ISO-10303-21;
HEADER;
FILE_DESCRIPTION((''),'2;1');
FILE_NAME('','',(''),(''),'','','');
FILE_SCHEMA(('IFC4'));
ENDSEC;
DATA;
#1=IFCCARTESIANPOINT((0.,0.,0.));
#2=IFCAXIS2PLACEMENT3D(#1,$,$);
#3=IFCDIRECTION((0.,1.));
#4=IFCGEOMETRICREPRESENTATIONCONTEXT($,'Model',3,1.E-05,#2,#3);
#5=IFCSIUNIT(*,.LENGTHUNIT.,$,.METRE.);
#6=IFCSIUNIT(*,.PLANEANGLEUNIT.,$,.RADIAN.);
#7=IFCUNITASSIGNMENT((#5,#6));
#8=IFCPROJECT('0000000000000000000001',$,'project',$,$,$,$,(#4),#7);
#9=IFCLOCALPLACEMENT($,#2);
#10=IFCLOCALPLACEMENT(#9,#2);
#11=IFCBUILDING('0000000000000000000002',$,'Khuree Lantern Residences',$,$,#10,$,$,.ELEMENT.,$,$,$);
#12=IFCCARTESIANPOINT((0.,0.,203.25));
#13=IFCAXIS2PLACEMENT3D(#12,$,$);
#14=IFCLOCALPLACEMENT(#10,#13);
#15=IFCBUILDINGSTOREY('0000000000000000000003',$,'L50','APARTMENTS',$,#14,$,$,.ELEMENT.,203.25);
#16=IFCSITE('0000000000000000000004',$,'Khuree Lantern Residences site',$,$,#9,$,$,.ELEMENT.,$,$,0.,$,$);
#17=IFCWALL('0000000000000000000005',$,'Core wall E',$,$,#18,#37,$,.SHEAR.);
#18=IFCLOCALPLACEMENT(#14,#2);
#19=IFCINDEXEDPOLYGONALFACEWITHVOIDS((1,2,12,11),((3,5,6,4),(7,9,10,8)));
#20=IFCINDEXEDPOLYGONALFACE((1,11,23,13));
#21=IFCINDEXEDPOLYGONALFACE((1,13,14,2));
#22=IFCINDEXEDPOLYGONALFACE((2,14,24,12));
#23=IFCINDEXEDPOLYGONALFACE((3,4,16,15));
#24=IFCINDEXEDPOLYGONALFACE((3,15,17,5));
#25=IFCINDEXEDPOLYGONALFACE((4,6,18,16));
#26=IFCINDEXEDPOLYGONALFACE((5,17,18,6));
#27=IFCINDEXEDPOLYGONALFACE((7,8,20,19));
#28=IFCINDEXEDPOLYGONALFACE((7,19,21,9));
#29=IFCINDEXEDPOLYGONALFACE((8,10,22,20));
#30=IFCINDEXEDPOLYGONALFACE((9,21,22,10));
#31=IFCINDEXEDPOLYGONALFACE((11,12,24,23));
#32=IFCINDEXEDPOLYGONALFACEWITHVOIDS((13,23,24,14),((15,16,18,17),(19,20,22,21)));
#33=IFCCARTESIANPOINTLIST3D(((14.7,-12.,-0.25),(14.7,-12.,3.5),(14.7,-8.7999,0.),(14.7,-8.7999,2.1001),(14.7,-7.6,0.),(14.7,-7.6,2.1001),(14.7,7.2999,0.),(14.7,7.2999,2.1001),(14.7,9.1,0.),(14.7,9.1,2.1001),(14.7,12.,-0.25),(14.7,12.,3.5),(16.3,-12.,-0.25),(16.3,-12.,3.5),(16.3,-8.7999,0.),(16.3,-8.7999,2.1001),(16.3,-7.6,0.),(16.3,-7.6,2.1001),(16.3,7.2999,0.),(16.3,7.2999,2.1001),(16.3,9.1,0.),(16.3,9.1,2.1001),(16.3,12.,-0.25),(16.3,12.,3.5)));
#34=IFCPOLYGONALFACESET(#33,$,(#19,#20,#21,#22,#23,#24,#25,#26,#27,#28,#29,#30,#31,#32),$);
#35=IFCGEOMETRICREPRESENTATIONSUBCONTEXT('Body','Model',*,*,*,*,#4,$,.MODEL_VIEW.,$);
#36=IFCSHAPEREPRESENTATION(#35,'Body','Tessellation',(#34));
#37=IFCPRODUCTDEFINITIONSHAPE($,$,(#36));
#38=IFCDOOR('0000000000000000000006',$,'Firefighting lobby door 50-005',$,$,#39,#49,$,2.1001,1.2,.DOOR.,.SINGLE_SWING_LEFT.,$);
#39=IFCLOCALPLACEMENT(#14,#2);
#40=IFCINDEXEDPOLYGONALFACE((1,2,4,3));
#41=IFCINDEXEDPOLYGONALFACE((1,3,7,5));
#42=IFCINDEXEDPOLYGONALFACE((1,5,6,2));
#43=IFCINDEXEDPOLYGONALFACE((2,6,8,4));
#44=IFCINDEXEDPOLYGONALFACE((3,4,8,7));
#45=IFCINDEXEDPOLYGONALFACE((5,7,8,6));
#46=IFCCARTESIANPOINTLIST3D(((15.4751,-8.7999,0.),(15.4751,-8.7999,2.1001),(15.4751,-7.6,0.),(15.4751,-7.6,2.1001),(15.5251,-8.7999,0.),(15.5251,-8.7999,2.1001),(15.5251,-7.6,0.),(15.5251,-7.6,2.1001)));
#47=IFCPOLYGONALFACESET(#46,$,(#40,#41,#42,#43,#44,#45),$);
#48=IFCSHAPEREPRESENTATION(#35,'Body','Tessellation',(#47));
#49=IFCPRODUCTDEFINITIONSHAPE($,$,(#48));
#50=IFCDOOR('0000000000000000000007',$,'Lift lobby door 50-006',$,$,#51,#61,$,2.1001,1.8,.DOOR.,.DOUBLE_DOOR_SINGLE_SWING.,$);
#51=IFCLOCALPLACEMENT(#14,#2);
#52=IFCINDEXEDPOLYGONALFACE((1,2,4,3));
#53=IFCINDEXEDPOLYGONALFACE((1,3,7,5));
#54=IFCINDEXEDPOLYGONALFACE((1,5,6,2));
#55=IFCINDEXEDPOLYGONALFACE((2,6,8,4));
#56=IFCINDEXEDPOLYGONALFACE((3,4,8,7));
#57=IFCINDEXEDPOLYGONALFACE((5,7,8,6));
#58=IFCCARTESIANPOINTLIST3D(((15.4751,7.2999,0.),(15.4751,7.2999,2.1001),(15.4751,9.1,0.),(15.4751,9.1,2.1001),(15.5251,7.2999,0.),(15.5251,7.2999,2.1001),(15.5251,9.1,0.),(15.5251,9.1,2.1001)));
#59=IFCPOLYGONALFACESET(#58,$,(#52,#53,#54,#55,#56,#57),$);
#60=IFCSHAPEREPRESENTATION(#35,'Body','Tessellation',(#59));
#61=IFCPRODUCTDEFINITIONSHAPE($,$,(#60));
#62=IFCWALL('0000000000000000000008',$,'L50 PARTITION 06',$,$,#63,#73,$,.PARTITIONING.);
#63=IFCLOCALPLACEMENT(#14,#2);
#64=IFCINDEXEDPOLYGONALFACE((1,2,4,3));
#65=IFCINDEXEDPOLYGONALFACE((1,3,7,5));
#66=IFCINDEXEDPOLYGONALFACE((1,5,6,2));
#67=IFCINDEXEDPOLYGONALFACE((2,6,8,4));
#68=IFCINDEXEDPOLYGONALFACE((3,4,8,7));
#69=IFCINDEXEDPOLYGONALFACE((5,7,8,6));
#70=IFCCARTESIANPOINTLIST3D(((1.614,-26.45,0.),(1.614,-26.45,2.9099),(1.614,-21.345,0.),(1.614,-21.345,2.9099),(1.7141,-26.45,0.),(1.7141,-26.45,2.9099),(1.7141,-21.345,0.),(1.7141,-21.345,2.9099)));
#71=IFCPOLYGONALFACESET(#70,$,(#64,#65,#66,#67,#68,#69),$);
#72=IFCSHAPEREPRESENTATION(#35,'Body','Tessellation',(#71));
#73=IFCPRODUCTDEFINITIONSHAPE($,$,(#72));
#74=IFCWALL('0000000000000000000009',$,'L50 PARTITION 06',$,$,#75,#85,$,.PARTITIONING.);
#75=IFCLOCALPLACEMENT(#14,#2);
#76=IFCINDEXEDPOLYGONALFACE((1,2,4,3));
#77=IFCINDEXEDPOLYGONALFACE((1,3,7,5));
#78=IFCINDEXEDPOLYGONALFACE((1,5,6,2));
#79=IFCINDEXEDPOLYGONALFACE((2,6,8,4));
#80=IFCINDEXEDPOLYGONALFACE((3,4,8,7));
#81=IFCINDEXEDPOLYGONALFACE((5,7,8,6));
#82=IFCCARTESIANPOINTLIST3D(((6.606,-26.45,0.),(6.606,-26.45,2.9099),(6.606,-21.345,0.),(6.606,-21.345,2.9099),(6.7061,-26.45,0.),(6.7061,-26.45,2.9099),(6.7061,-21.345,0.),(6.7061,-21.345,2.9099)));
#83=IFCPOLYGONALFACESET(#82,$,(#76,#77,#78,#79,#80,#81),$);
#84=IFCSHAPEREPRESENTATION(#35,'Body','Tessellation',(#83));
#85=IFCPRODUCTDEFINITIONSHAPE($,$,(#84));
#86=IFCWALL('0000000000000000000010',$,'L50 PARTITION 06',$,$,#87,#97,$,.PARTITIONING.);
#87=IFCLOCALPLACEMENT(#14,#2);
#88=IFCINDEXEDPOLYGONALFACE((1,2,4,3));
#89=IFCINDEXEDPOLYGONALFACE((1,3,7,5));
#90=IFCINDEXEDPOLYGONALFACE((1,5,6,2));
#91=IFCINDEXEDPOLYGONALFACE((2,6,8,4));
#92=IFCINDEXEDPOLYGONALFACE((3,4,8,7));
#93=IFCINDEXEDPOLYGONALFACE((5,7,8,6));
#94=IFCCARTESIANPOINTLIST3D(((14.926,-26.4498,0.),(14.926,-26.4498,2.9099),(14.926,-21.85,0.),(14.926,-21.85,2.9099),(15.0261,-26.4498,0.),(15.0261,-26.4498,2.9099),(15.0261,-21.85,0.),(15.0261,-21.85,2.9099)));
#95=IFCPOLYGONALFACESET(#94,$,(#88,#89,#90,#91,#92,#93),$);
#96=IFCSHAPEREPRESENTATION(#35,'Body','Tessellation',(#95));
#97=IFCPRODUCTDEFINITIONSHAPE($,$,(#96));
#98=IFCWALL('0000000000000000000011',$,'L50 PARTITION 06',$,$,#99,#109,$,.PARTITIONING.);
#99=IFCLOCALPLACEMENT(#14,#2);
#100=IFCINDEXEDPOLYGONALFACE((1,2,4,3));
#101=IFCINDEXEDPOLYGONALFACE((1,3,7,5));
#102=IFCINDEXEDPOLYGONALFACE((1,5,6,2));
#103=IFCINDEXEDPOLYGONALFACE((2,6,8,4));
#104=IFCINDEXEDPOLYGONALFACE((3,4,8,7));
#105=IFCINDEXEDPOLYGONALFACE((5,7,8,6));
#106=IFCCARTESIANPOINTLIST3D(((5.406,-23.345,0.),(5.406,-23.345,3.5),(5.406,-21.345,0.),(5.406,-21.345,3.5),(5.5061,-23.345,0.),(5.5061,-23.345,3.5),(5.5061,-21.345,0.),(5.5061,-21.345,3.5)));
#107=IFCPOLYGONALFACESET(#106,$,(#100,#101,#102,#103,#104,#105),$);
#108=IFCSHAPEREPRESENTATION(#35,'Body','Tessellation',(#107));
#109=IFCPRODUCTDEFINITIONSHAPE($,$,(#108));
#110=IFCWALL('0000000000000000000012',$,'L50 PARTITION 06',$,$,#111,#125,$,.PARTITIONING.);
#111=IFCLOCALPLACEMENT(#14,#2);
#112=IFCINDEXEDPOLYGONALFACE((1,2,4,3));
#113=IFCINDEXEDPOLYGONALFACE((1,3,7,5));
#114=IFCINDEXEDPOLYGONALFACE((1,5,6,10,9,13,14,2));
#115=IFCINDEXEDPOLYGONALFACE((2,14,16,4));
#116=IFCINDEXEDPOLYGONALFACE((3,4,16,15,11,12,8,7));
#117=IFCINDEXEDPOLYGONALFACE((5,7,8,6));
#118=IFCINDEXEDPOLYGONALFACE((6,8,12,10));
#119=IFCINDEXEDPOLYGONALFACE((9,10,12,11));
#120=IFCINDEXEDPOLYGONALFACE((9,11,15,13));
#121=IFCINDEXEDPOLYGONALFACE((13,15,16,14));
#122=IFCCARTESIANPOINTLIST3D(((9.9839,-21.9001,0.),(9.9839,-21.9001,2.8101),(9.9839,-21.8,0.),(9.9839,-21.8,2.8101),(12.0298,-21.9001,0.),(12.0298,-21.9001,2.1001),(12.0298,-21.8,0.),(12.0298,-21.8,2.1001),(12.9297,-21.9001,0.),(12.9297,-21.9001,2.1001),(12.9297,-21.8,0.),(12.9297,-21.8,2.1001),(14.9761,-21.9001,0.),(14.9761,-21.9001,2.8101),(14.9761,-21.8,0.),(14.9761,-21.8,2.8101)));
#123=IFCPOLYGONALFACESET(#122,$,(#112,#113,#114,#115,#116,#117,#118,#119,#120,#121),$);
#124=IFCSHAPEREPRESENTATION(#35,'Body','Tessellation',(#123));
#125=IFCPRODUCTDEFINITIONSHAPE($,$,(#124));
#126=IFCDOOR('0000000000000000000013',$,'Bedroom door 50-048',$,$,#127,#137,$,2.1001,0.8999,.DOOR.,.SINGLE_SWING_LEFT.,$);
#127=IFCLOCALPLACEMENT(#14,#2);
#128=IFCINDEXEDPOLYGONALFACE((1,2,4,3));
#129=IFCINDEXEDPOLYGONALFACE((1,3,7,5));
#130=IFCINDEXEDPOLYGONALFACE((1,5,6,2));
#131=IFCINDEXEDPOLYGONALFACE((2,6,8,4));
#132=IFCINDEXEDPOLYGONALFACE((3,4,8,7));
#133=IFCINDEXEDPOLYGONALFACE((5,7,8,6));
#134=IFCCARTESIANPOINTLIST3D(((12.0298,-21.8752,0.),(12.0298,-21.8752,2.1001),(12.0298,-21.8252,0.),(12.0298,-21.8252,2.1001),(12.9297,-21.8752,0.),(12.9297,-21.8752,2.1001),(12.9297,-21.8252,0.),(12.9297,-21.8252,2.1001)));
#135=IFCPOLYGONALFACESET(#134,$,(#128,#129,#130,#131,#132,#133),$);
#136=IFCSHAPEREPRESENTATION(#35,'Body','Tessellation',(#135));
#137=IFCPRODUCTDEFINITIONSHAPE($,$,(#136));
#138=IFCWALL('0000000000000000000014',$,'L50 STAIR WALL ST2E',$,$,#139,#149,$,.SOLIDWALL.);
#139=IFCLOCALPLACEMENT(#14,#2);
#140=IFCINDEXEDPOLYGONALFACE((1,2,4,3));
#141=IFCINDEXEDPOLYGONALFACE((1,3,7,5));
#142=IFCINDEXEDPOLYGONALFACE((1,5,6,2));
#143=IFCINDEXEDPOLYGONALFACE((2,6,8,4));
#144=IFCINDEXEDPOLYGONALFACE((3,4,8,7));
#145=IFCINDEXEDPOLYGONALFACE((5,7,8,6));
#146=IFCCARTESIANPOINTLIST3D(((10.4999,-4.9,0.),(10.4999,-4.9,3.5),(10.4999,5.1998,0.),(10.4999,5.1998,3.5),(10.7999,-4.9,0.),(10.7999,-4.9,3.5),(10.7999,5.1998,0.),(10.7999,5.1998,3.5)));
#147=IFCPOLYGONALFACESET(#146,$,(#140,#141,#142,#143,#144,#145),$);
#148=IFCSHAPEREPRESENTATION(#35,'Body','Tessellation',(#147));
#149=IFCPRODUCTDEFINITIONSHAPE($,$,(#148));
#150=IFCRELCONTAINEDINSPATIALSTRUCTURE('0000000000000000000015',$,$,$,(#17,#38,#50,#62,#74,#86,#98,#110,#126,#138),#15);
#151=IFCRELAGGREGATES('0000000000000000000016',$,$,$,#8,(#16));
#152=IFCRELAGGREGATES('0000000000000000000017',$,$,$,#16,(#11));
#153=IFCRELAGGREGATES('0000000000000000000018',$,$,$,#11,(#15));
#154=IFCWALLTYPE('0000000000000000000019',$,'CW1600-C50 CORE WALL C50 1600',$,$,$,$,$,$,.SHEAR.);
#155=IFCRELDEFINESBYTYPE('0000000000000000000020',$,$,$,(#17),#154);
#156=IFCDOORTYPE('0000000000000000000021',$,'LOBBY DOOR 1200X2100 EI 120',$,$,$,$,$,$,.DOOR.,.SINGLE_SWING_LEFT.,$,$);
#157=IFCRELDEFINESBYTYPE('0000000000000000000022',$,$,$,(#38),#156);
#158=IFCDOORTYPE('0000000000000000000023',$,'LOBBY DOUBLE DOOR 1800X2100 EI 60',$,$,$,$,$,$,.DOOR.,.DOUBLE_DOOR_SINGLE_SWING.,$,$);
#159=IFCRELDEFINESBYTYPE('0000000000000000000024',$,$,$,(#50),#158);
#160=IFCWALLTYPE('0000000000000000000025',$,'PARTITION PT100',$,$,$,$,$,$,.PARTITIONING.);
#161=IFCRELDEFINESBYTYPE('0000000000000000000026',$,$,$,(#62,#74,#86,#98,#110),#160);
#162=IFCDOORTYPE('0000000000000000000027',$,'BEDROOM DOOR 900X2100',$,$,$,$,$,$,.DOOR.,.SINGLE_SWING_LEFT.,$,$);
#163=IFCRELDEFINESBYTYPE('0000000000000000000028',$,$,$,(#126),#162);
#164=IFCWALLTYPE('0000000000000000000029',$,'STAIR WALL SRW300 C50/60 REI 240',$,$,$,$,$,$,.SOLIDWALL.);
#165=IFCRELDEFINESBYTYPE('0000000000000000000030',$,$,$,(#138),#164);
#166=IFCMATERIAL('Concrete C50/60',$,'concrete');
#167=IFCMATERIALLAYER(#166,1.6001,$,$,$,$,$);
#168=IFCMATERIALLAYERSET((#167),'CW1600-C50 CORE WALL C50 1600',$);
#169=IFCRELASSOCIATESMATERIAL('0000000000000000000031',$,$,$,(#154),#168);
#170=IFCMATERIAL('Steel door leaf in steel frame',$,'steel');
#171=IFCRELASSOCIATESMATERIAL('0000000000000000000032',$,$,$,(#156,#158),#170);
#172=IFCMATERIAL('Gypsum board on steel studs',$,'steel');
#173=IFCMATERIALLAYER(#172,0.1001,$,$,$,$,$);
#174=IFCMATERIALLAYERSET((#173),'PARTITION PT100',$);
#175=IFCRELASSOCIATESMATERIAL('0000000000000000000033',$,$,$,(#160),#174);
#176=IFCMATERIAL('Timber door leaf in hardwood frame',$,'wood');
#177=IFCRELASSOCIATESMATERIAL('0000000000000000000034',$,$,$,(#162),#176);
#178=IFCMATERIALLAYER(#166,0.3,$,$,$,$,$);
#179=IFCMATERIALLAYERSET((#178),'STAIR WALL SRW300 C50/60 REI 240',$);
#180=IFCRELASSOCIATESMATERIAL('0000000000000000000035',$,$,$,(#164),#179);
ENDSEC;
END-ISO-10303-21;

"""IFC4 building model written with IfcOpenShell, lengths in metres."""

from ifc_helpers import new_model, si_unit, direction, frame, frame_2d, origin, place, context, subcontext, project, spatial, rectangle, extrude, material, layer, layer_set, type_object, element, fill, save


model = new_model("IFC4")

# Units and contexts
model_context = context("Model", 3, precision=1e-05, world=origin(), true_north=direction((0.0, 1.0)))
body_context = subcontext(model_context, "Body", "Model", "MODEL_VIEW")
ifc_project = project(units=[si_unit("LENGTHUNIT", "METRE"), si_unit("PLANEANGLEUNIT", "RADIAN")], contexts=[model_context])

# Site, building, storey
site_placement = place(None, origin())
site = spatial("IfcSite", under=ifc_project, at=site_placement, Name="Khuree Lantern Residences site", CompositionType="ELEMENT", RefElevation=0.0)
building_placement = place(site_placement, origin())
building = spatial("IfcBuilding", under=site, at=building_placement, Name="Khuree Lantern Residences", CompositionType="ELEMENT")
storey_placement = place(building_placement, frame((0.0, 0.0, 203.25)))
storey = spatial("IfcBuildingStorey", under=building, at=storey_placement, Name="L50", Description="APARTMENTS", CompositionType="ELEMENT", Elevation=203.25)

# Shared definitions
ifc_material_1 = material(Name="Concrete C50/60", Category="concrete")

# Shared definitions
ifc_material_2 = material(Name="Timber door leaf in hardwood frame", Category="wood")

# Shared definitions
ifc_material_3 = material(Name="Gypsum board on steel studs", Category="steel")

# Wall, openings, doors
ifc_layer_1 = layer(ifc_material_1, 1.6001)
ifc_layer_set_1 = layer_set([ifc_layer_1], Name="CW1600-C50 CORE WALL C50 1600")
wall_type_1 = type_object("IfcWallType", Name="CW1600-C50 CORE WALL C50 1600", PredefinedType="SHEAR", material=ifc_layer_set_1)
wall_1_placement = place(storey_placement, frame((15.5, -12.0, -0.25), z_axis=(0.0, 0.0, 1.0), x_axis=(0.0, 1.0, 0.0)))
wall_1 = element("IfcWall", 1, at=wall_1_placement, inside=storey, type_object=wall_type_1, Name="Core wall E", PredefinedType="SHEAR", context=body_context, shape_type="SweptSolid", body=[
    extrude(rectangle(XDim=24.0, YDim=1.6001, at=frame_2d((12.0, 0.0))), origin(), (0.0, 0.0, 1.0), 3.75),
])
opening_1_placement = place(wall_1_placement, frame((3.2, 0.0, 0.25)))
opening_1 = element("IfcOpeningElement", 2, at=opening_1_placement, cuts=wall_1, PredefinedType="OPENING", context=body_context, shape_type="SweptSolid", body=[
    extrude(rectangle(XDim=1.2, YDim=2.1001, at=frame_2d((0.6001, 1.05))), frame((0.0, 0.8101, 0.0), z_axis=(0.0, -1.0, 0.0), x_axis=(1.0, 0.0, 0.0)), (0.0, 0.0, 1.0), 1.6201),
])
opening_2_placement = place(wall_1_placement, frame((19.3, 0.0, 0.25)))
opening_2 = element("IfcOpeningElement", 3, at=opening_2_placement, cuts=wall_1, PredefinedType="OPENING", context=body_context, shape_type="SweptSolid", body=[
    extrude(rectangle(XDim=1.8, YDim=2.1001, at=frame_2d((0.8999, 1.05))), frame((0.0, 0.8101, 0.0), z_axis=(0.0, -1.0, 0.0), x_axis=(1.0, 0.0, 0.0)), (0.0, 0.0, 1.0), 1.6201),
])
ifc_material_4 = material(Name="Steel door leaf in steel frame", Category="steel")
door_type_1 = type_object("IfcDoorType", Name="LOBBY DOOR 1200X2100 EI 120", OperationType="SINGLE_SWING_LEFT", PredefinedType="DOOR", material=ifc_material_4)
door_1_placement = place(opening_1_placement, origin())
door_1 = element("IfcDoor", 4, at=door_1_placement, inside=storey, type_object=door_type_1, Name="Firefighting lobby door 50-005", OperationType="SINGLE_SWING_LEFT", OverallHeight=2.1001, OverallWidth=1.2, PredefinedType="DOOR", context=body_context, shape_type="SweptSolid", body=[
    extrude(rectangle(XDim=1.2, YDim=2.1001, at=frame_2d((0.6001, 1.05))), frame((0.0, 0.0249, 0.0), z_axis=(0.0, -1.0, 0.0), x_axis=(1.0, 0.0, 0.0)), (0.0, 0.0, 1.0), 0.05),
])
fill(opening_1, door_1)
door_type_2 = type_object("IfcDoorType", Name="LOBBY DOUBLE DOOR 1800X2100 EI 60", OperationType="DOUBLE_DOOR_SINGLE_SWING", PredefinedType="DOOR", material=ifc_material_4)
door_2_placement = place(opening_2_placement, origin())
door_2 = element("IfcDoor", 5, at=door_2_placement, inside=storey, type_object=door_type_2, Name="Lift lobby door 50-006", OperationType="DOUBLE_DOOR_SINGLE_SWING", OverallHeight=2.1001, OverallWidth=1.8, PredefinedType="DOOR", context=body_context, shape_type="SweptSolid", body=[
    extrude(rectangle(XDim=1.8, YDim=2.1001, at=frame_2d((0.8999, 1.05))), frame((0.0, 0.0249, 0.0), z_axis=(0.0, -1.0, 0.0), x_axis=(1.0, 0.0, 0.0)), (0.0, 0.0, 1.0), 0.05),
])
fill(opening_2, door_2)

# Walls
ifc_layer_2 = layer(ifc_material_3, 0.1001)
ifc_layer_set_2 = layer_set([ifc_layer_2], Name="PARTITION PT100")
wall_type_2 = type_object("IfcWallType", Name="PARTITION PT100", PredefinedType="PARTITIONING", material=ifc_layer_set_2)
for number, where, z_axis, x_axis, name in (
    (6, (1.6641, -21.345, 0.0), (0.0, 0.0, 1.0), (0.0, -1.0, 0.0), "L50 PARTITION 06"),
    (7, (6.656, -21.345, 0.0), (0.0, 0.0, 1.0), (0.0, -1.0, 0.0), "L50 PARTITION 06"),
):
    element("IfcWall", number, at=place(storey_placement, frame(where, z_axis=z_axis, x_axis=x_axis)), inside=storey, type_object=wall_type_2, Name=name, PredefinedType="PARTITIONING", context=body_context, shape_type="SweptSolid", body=[
        extrude(rectangle(XDim=5.105, YDim=0.1001, at=frame_2d((2.5525, 0.0))), origin(), (0.0, 0.0, 1.0), 2.9099),
    ])
wall_2_placement = place(storey_placement, frame((14.9761, -21.8501, 0.0), z_axis=(0.0, 0.0, 1.0), x_axis=(0.0, -1.0, 0.0)))
element("IfcWall", 8, at=wall_2_placement, inside=storey, type_object=wall_type_2, Name="L50 PARTITION 06", PredefinedType="PARTITIONING", context=body_context, shape_type="SweptSolid", body=[
    extrude(rectangle(XDim=4.5999, YDim=0.1001, at=frame_2d((2.2998, 0.0))), origin(), (0.0, 0.0, 1.0), 2.9099),
])
wall_3_placement = place(storey_placement, frame((5.4561, -21.345, 0.0), z_axis=(0.0, 0.0, 1.0), x_axis=(0.0, -1.0, 0.0)))
element("IfcWall", 9, at=wall_3_placement, inside=storey, type_object=wall_type_2, Name="L50 PARTITION 06", PredefinedType="PARTITIONING", context=body_context, shape_type="SweptSolid", body=[
    extrude(rectangle(XDim=2.0, YDim=0.1001, at=frame_2d((1.0, 0.0))), origin(), (0.0, 0.0, 1.0), 3.5),
])

# Wall, opening, door
wall_4_placement = place(storey_placement, frame((9.9839, -21.8501, 0.0), z_axis=(0.0, 0.0, 1.0), x_axis=(1.0, 0.0, 0.0)))
wall_4 = element("IfcWall", 10, at=wall_4_placement, inside=storey, type_object=wall_type_2, Name="L50 PARTITION 06", PredefinedType="PARTITIONING", context=body_context, shape_type="SweptSolid", body=[
    extrude(rectangle(XDim=4.9922, YDim=0.1001, at=frame_2d((2.4961, 0.0))), origin(), (0.0, 0.0, 1.0), 2.8101),
])
opening_3_placement = place(wall_4_placement, frame((2.0459, 0.0, 0.0)))
opening_3 = element("IfcOpeningElement", 11, at=opening_3_placement, cuts=wall_4, PredefinedType="OPENING", context=body_context, shape_type="SweptSolid", body=[
    extrude(rectangle(XDim=0.8999, YDim=2.1001, at=frame_2d((0.45, 1.05))), frame((0.0, 0.0601, 0.0), z_axis=(0.0, -1.0, 0.0), x_axis=(1.0, 0.0, 0.0)), (0.0, 0.0, 1.0), 0.1201),
])
door_type_3 = type_object("IfcDoorType", Name="BEDROOM DOOR 900X2100", OperationType="SINGLE_SWING_LEFT", PredefinedType="DOOR", material=ifc_material_2)
door_3_placement = place(opening_3_placement, origin())
door_3 = element("IfcDoor", 12, at=door_3_placement, inside=storey, type_object=door_type_3, Name="Bedroom door 50-048", OperationType="SINGLE_SWING_LEFT", OverallHeight=2.1001, OverallWidth=0.8999, PredefinedType="DOOR", context=body_context, shape_type="SweptSolid", body=[
    extrude(rectangle(XDim=0.8999, YDim=2.1001, at=frame_2d((0.45, 1.05))), frame((0.0, 0.0249, 0.0), z_axis=(0.0, -1.0, 0.0), x_axis=(1.0, 0.0, 0.0)), (0.0, 0.0, 1.0), 0.05),
])
fill(opening_3, door_3)

# Wall
ifc_layer_3 = layer(ifc_material_1, 0.3)
ifc_layer_set_3 = layer_set([ifc_layer_3], Name="STAIR WALL SRW300 C50/60 REI 240")
wall_type_3 = type_object("IfcWallType", Name="STAIR WALL SRW300 C50/60 REI 240", PredefinedType="SOLIDWALL", material=ifc_layer_set_3)
wall_5_placement = place(storey_placement, frame((10.6499, -4.8999, 0.0), z_axis=(0.0, 0.0, 1.0), x_axis=(0.0, 1.0, 0.0)))
element("IfcWall", 13, at=wall_5_placement, inside=storey, type_object=wall_type_3, Name="L50 STAIR WALL ST2E", PredefinedType="SOLIDWALL", context=body_context, shape_type="SweptSolid", body=[
    extrude(rectangle(XDim=10.0999, YDim=0.3, at=frame_2d((5.0498, 0.0))), origin(), (0.0, 0.0, 1.0), 3.5),
])

save(model, "model.ifc")
